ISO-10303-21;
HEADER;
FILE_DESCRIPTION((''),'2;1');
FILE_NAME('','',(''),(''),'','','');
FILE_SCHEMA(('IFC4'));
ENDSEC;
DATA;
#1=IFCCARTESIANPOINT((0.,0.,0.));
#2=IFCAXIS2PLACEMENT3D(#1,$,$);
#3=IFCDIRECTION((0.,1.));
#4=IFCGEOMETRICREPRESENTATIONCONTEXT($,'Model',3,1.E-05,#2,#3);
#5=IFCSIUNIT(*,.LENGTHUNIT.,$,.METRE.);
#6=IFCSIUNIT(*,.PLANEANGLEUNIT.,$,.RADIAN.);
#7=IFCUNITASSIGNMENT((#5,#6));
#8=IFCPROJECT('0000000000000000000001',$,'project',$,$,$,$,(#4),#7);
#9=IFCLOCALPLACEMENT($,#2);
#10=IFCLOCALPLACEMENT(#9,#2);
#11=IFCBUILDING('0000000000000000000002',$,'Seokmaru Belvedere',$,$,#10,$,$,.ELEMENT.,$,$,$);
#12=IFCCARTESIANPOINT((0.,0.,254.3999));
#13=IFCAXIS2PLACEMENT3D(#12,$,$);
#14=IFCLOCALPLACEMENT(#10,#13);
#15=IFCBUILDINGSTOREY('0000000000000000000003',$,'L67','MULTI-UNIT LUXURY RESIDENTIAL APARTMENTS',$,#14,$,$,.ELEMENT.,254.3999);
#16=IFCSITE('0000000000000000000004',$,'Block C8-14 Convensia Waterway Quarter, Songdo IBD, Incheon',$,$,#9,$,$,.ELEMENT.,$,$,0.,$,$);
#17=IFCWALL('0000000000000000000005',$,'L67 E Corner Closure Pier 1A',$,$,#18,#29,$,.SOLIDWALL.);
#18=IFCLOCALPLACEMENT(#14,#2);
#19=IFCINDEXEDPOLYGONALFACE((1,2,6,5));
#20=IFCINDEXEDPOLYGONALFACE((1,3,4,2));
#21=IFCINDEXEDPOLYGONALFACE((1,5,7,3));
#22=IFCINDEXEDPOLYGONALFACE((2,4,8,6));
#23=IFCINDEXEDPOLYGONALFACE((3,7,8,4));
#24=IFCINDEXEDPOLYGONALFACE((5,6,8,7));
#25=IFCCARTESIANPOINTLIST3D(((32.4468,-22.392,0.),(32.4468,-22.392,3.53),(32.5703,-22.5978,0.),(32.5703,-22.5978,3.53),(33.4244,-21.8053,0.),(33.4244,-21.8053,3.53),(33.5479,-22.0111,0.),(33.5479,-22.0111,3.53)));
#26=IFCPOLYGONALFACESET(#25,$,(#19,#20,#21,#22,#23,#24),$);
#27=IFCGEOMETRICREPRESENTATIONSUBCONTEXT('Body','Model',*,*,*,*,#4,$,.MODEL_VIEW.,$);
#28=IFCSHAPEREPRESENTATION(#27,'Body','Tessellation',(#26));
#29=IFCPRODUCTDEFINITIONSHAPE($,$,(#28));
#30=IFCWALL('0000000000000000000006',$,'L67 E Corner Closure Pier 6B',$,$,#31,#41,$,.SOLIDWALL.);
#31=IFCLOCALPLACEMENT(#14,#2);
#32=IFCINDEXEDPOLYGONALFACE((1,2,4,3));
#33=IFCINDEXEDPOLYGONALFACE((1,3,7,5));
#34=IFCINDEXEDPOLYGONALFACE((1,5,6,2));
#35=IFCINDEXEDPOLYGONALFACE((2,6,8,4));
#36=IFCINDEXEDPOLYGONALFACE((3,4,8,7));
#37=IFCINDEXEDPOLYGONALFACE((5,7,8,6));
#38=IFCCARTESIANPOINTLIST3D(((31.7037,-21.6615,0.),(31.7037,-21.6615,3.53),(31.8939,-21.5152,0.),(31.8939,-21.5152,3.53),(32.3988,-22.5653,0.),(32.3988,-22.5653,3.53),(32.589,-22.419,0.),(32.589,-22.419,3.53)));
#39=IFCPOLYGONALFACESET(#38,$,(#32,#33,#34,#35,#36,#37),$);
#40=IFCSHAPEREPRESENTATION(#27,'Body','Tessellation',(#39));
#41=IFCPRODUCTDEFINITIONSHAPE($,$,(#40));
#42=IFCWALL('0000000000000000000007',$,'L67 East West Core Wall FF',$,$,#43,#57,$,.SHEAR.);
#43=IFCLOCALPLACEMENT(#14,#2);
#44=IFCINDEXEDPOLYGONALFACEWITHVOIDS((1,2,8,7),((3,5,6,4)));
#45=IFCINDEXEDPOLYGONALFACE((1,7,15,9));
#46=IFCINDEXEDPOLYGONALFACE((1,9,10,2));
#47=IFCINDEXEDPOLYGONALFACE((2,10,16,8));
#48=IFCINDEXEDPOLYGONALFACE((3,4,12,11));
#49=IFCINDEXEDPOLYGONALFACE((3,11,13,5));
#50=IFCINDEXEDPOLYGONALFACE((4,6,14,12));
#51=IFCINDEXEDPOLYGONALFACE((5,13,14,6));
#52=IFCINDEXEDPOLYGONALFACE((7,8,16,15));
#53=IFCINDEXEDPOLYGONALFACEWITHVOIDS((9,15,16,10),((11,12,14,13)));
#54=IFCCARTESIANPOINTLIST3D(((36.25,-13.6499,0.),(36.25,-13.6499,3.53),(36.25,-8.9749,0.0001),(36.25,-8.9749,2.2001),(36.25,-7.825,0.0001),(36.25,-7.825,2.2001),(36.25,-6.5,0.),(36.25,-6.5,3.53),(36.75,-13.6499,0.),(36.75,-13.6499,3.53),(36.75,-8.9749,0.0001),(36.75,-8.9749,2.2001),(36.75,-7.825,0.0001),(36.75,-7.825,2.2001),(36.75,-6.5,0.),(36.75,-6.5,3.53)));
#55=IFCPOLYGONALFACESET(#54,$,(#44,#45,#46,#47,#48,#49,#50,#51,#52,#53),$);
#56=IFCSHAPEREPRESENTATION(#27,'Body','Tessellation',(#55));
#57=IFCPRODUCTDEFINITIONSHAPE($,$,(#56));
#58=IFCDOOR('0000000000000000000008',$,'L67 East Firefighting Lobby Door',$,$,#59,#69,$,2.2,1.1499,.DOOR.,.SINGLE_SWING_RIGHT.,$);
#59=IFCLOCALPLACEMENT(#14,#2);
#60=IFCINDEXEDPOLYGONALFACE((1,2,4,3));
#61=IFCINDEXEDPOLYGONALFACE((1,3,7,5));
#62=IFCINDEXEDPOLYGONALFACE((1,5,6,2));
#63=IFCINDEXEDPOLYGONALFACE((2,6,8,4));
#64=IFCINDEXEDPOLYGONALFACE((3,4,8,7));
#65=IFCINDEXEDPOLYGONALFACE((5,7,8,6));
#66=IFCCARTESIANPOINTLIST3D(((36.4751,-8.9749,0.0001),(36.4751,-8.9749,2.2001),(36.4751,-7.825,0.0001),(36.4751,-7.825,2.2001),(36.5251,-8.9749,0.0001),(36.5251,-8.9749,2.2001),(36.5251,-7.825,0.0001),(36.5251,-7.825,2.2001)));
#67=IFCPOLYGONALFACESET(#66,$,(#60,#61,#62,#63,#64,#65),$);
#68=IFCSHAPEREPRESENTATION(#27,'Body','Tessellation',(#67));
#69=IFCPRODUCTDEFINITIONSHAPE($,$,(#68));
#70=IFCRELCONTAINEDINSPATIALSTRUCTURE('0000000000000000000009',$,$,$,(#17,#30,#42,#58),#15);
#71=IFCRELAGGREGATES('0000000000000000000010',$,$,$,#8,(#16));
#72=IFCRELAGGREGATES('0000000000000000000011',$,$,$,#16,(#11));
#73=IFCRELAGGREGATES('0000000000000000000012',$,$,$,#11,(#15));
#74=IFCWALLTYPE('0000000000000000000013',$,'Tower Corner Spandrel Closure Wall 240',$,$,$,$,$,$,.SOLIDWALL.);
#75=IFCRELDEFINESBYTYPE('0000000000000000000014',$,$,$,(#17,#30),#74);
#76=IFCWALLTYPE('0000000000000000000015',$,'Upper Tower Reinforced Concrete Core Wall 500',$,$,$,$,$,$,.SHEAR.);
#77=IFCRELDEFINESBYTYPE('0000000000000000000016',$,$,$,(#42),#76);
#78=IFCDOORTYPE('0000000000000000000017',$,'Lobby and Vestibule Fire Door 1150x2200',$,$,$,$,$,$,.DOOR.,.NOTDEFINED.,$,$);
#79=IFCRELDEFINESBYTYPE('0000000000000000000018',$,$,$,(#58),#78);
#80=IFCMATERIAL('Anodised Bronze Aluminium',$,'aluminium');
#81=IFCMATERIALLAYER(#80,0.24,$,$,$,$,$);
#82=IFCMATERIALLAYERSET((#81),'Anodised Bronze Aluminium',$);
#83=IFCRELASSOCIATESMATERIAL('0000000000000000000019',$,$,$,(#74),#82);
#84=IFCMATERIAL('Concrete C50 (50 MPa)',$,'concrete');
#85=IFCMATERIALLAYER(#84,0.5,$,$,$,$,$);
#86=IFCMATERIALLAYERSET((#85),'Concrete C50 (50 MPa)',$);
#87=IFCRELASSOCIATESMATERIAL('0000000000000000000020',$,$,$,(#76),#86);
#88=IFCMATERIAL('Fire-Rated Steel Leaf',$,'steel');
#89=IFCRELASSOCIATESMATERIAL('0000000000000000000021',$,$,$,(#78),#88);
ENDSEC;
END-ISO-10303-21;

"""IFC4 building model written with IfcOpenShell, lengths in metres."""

from ifc_helpers import new_model, si_unit, direction, frame, frame_2d, origin, place, context, subcontext, project, spatial, rectangle, extrude, source, transform, mapped, material, layer, layer_set, type_object, type_shapes, element, fill, save


model = new_model("IFC4")

# Units and contexts
model_context = context("Model", 3, precision=1e-05, world=origin(), true_north=direction((0.0, 1.0)))
body_context = subcontext(model_context, "Body", "Model", "MODEL_VIEW")
ifc_project = project(units=[si_unit("LENGTHUNIT", "METRE"), si_unit("PLANEANGLEUNIT", "RADIAN")], contexts=[model_context])

# Site, building, storey
site_placement = place(None, origin())
site = spatial("IfcSite", under=ifc_project, at=site_placement, Name="Block C8-14 Convensia Waterway Quarter, Songdo IBD, Incheon", CompositionType="ELEMENT", RefElevation=0.0)
building_placement = place(site_placement, origin())
building = spatial("IfcBuilding", under=site, at=building_placement, Name="Seokmaru Belvedere", CompositionType="ELEMENT")
storey_placement = place(building_placement, frame((0.0, 0.0, 254.3999)))
storey = spatial("IfcBuildingStorey", under=building, at=storey_placement, Name="L67", Description="MULTI-UNIT LUXURY RESIDENTIAL APARTMENTS", CompositionType="ELEMENT", Elevation=254.3999)

# Shared definitions
ifc_material_1 = material(Name="Anodised Bronze Aluminium", Category="aluminium")

# Shared definitions
ifc_material_2 = material(Name="Fire-Rated Steel Leaf", Category="steel")

# Walls
ifc_layer_1 = layer(ifc_material_1, 0.24)
ifc_layer_set_1 = layer_set([ifc_layer_1], Name="Anodised Bronze Aluminium")
wall_type_1 = type_object("IfcWallType", Name="Tower Corner Spandrel Closure Wall 240", PredefinedType="SOLIDWALL", material=ifc_layer_set_1)
for number, where, z_axis, x_axis, name in (
    (1, (32.5085, -22.4949, 0.0), (0.0, 0.0, 1.0), (0.857436, 0.51459, 0.0), "L67 E Corner Closure Pier 1A"),
    (2, (31.7988, -21.5884, 0.0), (0.0, 0.0, 1.0), (0.609618, -0.792696, 0.0), "L67 E Corner Closure Pier 6B"),
):
    element("IfcWall", number, at=place(storey_placement, frame(where, z_axis=z_axis, x_axis=x_axis)), inside=storey, type_object=wall_type_1, Name=name, PredefinedType="SOLIDWALL", context=body_context, shape_type="SweptSolid", body=[
        extrude(rectangle(XDim=1.1401, YDim=0.24, at=frame_2d((0.5701, 0.0))), origin(), (0.0, 0.0, 1.0), 3.53),
    ])

# Wall, opening, door
ifc_material_3 = material(Name="Concrete C50 (50 MPa)", Category="concrete")
ifc_layer_2 = layer(ifc_material_3, 0.5)
ifc_layer_set_2 = layer_set([ifc_layer_2], Name="Concrete C50 (50 MPa)")
wall_type_2 = type_object("IfcWallType", Name="Upper Tower Reinforced Concrete Core Wall 500", PredefinedType="SHEAR", material=ifc_layer_set_2)
wall_1_placement = place(storey_placement, frame((36.5, -13.6499, 0.0), z_axis=(0.0, 0.0, 1.0), x_axis=(0.0, 1.0, 0.0)))
wall_1 = element("IfcWall", 3, at=wall_1_placement, inside=storey, type_object=wall_type_2, Name="L67 East West Core Wall FF", PredefinedType="SHEAR", context=body_context, shape_type="SweptSolid", body=[
    extrude(rectangle(XDim=7.1499, YDim=0.5, at=frame_2d((3.575, 0.0))), origin(), (0.0, 0.0, 1.0), 3.53),
])
opening_1_placement = place(wall_1_placement, frame((4.675, 0.0, 0.0)))
opening_1 = element("IfcOpeningElement", 4, at=opening_1_placement, cuts=wall_1, PredefinedType="OPENING", context=body_context, shape_type="SweptSolid", body=[
    extrude(rectangle(XDim=1.1499, YDim=2.2, at=frame_2d((0.575, 1.1001))), frame((0.0, 0.26, 0.0), z_axis=(0.0, -1.0, 0.0), x_axis=(1.0, 0.0, 0.0)), (0.0, 0.0, 1.0), 0.52),
])
door_type_1 = type_object("IfcDoorType", Name="Lobby and Vestibule Fire Door 1150x2200", OperationType="NOTDEFINED", PredefinedType="DOOR", material=ifc_material_2)
shared_shape_1 = source(origin(), body_context, "Body", "SweptSolid", [
    extrude(rectangle(XDim=1.1499, YDim=2.2, at=frame_2d((0.575, 1.1001))), frame((0.0, 0.0249, 0.0), z_axis=(0.0, -1.0, 0.0), x_axis=(1.0, 0.0, 0.0)), (0.0, 0.0, 1.0), 0.05),
])
type_shapes(door_type_1, [shared_shape_1])
door_1_placement = place(opening_1_placement, origin())
door_1 = element("IfcDoor", 5, at=door_1_placement, inside=storey, type_object=door_type_1, Name="L67 East Firefighting Lobby Door", OperationType="SINGLE_SWING_RIGHT", OverallHeight=2.2, OverallWidth=1.1499, PredefinedType="DOOR", context=body_context, shape_type="MappedRepresentation", body=[
    mapped(shared_shape_1, transform((0.0, 0.0, 0.0), scale=1.0)),
])
fill(opening_1, door_1)

save(model, "model.ifc")
